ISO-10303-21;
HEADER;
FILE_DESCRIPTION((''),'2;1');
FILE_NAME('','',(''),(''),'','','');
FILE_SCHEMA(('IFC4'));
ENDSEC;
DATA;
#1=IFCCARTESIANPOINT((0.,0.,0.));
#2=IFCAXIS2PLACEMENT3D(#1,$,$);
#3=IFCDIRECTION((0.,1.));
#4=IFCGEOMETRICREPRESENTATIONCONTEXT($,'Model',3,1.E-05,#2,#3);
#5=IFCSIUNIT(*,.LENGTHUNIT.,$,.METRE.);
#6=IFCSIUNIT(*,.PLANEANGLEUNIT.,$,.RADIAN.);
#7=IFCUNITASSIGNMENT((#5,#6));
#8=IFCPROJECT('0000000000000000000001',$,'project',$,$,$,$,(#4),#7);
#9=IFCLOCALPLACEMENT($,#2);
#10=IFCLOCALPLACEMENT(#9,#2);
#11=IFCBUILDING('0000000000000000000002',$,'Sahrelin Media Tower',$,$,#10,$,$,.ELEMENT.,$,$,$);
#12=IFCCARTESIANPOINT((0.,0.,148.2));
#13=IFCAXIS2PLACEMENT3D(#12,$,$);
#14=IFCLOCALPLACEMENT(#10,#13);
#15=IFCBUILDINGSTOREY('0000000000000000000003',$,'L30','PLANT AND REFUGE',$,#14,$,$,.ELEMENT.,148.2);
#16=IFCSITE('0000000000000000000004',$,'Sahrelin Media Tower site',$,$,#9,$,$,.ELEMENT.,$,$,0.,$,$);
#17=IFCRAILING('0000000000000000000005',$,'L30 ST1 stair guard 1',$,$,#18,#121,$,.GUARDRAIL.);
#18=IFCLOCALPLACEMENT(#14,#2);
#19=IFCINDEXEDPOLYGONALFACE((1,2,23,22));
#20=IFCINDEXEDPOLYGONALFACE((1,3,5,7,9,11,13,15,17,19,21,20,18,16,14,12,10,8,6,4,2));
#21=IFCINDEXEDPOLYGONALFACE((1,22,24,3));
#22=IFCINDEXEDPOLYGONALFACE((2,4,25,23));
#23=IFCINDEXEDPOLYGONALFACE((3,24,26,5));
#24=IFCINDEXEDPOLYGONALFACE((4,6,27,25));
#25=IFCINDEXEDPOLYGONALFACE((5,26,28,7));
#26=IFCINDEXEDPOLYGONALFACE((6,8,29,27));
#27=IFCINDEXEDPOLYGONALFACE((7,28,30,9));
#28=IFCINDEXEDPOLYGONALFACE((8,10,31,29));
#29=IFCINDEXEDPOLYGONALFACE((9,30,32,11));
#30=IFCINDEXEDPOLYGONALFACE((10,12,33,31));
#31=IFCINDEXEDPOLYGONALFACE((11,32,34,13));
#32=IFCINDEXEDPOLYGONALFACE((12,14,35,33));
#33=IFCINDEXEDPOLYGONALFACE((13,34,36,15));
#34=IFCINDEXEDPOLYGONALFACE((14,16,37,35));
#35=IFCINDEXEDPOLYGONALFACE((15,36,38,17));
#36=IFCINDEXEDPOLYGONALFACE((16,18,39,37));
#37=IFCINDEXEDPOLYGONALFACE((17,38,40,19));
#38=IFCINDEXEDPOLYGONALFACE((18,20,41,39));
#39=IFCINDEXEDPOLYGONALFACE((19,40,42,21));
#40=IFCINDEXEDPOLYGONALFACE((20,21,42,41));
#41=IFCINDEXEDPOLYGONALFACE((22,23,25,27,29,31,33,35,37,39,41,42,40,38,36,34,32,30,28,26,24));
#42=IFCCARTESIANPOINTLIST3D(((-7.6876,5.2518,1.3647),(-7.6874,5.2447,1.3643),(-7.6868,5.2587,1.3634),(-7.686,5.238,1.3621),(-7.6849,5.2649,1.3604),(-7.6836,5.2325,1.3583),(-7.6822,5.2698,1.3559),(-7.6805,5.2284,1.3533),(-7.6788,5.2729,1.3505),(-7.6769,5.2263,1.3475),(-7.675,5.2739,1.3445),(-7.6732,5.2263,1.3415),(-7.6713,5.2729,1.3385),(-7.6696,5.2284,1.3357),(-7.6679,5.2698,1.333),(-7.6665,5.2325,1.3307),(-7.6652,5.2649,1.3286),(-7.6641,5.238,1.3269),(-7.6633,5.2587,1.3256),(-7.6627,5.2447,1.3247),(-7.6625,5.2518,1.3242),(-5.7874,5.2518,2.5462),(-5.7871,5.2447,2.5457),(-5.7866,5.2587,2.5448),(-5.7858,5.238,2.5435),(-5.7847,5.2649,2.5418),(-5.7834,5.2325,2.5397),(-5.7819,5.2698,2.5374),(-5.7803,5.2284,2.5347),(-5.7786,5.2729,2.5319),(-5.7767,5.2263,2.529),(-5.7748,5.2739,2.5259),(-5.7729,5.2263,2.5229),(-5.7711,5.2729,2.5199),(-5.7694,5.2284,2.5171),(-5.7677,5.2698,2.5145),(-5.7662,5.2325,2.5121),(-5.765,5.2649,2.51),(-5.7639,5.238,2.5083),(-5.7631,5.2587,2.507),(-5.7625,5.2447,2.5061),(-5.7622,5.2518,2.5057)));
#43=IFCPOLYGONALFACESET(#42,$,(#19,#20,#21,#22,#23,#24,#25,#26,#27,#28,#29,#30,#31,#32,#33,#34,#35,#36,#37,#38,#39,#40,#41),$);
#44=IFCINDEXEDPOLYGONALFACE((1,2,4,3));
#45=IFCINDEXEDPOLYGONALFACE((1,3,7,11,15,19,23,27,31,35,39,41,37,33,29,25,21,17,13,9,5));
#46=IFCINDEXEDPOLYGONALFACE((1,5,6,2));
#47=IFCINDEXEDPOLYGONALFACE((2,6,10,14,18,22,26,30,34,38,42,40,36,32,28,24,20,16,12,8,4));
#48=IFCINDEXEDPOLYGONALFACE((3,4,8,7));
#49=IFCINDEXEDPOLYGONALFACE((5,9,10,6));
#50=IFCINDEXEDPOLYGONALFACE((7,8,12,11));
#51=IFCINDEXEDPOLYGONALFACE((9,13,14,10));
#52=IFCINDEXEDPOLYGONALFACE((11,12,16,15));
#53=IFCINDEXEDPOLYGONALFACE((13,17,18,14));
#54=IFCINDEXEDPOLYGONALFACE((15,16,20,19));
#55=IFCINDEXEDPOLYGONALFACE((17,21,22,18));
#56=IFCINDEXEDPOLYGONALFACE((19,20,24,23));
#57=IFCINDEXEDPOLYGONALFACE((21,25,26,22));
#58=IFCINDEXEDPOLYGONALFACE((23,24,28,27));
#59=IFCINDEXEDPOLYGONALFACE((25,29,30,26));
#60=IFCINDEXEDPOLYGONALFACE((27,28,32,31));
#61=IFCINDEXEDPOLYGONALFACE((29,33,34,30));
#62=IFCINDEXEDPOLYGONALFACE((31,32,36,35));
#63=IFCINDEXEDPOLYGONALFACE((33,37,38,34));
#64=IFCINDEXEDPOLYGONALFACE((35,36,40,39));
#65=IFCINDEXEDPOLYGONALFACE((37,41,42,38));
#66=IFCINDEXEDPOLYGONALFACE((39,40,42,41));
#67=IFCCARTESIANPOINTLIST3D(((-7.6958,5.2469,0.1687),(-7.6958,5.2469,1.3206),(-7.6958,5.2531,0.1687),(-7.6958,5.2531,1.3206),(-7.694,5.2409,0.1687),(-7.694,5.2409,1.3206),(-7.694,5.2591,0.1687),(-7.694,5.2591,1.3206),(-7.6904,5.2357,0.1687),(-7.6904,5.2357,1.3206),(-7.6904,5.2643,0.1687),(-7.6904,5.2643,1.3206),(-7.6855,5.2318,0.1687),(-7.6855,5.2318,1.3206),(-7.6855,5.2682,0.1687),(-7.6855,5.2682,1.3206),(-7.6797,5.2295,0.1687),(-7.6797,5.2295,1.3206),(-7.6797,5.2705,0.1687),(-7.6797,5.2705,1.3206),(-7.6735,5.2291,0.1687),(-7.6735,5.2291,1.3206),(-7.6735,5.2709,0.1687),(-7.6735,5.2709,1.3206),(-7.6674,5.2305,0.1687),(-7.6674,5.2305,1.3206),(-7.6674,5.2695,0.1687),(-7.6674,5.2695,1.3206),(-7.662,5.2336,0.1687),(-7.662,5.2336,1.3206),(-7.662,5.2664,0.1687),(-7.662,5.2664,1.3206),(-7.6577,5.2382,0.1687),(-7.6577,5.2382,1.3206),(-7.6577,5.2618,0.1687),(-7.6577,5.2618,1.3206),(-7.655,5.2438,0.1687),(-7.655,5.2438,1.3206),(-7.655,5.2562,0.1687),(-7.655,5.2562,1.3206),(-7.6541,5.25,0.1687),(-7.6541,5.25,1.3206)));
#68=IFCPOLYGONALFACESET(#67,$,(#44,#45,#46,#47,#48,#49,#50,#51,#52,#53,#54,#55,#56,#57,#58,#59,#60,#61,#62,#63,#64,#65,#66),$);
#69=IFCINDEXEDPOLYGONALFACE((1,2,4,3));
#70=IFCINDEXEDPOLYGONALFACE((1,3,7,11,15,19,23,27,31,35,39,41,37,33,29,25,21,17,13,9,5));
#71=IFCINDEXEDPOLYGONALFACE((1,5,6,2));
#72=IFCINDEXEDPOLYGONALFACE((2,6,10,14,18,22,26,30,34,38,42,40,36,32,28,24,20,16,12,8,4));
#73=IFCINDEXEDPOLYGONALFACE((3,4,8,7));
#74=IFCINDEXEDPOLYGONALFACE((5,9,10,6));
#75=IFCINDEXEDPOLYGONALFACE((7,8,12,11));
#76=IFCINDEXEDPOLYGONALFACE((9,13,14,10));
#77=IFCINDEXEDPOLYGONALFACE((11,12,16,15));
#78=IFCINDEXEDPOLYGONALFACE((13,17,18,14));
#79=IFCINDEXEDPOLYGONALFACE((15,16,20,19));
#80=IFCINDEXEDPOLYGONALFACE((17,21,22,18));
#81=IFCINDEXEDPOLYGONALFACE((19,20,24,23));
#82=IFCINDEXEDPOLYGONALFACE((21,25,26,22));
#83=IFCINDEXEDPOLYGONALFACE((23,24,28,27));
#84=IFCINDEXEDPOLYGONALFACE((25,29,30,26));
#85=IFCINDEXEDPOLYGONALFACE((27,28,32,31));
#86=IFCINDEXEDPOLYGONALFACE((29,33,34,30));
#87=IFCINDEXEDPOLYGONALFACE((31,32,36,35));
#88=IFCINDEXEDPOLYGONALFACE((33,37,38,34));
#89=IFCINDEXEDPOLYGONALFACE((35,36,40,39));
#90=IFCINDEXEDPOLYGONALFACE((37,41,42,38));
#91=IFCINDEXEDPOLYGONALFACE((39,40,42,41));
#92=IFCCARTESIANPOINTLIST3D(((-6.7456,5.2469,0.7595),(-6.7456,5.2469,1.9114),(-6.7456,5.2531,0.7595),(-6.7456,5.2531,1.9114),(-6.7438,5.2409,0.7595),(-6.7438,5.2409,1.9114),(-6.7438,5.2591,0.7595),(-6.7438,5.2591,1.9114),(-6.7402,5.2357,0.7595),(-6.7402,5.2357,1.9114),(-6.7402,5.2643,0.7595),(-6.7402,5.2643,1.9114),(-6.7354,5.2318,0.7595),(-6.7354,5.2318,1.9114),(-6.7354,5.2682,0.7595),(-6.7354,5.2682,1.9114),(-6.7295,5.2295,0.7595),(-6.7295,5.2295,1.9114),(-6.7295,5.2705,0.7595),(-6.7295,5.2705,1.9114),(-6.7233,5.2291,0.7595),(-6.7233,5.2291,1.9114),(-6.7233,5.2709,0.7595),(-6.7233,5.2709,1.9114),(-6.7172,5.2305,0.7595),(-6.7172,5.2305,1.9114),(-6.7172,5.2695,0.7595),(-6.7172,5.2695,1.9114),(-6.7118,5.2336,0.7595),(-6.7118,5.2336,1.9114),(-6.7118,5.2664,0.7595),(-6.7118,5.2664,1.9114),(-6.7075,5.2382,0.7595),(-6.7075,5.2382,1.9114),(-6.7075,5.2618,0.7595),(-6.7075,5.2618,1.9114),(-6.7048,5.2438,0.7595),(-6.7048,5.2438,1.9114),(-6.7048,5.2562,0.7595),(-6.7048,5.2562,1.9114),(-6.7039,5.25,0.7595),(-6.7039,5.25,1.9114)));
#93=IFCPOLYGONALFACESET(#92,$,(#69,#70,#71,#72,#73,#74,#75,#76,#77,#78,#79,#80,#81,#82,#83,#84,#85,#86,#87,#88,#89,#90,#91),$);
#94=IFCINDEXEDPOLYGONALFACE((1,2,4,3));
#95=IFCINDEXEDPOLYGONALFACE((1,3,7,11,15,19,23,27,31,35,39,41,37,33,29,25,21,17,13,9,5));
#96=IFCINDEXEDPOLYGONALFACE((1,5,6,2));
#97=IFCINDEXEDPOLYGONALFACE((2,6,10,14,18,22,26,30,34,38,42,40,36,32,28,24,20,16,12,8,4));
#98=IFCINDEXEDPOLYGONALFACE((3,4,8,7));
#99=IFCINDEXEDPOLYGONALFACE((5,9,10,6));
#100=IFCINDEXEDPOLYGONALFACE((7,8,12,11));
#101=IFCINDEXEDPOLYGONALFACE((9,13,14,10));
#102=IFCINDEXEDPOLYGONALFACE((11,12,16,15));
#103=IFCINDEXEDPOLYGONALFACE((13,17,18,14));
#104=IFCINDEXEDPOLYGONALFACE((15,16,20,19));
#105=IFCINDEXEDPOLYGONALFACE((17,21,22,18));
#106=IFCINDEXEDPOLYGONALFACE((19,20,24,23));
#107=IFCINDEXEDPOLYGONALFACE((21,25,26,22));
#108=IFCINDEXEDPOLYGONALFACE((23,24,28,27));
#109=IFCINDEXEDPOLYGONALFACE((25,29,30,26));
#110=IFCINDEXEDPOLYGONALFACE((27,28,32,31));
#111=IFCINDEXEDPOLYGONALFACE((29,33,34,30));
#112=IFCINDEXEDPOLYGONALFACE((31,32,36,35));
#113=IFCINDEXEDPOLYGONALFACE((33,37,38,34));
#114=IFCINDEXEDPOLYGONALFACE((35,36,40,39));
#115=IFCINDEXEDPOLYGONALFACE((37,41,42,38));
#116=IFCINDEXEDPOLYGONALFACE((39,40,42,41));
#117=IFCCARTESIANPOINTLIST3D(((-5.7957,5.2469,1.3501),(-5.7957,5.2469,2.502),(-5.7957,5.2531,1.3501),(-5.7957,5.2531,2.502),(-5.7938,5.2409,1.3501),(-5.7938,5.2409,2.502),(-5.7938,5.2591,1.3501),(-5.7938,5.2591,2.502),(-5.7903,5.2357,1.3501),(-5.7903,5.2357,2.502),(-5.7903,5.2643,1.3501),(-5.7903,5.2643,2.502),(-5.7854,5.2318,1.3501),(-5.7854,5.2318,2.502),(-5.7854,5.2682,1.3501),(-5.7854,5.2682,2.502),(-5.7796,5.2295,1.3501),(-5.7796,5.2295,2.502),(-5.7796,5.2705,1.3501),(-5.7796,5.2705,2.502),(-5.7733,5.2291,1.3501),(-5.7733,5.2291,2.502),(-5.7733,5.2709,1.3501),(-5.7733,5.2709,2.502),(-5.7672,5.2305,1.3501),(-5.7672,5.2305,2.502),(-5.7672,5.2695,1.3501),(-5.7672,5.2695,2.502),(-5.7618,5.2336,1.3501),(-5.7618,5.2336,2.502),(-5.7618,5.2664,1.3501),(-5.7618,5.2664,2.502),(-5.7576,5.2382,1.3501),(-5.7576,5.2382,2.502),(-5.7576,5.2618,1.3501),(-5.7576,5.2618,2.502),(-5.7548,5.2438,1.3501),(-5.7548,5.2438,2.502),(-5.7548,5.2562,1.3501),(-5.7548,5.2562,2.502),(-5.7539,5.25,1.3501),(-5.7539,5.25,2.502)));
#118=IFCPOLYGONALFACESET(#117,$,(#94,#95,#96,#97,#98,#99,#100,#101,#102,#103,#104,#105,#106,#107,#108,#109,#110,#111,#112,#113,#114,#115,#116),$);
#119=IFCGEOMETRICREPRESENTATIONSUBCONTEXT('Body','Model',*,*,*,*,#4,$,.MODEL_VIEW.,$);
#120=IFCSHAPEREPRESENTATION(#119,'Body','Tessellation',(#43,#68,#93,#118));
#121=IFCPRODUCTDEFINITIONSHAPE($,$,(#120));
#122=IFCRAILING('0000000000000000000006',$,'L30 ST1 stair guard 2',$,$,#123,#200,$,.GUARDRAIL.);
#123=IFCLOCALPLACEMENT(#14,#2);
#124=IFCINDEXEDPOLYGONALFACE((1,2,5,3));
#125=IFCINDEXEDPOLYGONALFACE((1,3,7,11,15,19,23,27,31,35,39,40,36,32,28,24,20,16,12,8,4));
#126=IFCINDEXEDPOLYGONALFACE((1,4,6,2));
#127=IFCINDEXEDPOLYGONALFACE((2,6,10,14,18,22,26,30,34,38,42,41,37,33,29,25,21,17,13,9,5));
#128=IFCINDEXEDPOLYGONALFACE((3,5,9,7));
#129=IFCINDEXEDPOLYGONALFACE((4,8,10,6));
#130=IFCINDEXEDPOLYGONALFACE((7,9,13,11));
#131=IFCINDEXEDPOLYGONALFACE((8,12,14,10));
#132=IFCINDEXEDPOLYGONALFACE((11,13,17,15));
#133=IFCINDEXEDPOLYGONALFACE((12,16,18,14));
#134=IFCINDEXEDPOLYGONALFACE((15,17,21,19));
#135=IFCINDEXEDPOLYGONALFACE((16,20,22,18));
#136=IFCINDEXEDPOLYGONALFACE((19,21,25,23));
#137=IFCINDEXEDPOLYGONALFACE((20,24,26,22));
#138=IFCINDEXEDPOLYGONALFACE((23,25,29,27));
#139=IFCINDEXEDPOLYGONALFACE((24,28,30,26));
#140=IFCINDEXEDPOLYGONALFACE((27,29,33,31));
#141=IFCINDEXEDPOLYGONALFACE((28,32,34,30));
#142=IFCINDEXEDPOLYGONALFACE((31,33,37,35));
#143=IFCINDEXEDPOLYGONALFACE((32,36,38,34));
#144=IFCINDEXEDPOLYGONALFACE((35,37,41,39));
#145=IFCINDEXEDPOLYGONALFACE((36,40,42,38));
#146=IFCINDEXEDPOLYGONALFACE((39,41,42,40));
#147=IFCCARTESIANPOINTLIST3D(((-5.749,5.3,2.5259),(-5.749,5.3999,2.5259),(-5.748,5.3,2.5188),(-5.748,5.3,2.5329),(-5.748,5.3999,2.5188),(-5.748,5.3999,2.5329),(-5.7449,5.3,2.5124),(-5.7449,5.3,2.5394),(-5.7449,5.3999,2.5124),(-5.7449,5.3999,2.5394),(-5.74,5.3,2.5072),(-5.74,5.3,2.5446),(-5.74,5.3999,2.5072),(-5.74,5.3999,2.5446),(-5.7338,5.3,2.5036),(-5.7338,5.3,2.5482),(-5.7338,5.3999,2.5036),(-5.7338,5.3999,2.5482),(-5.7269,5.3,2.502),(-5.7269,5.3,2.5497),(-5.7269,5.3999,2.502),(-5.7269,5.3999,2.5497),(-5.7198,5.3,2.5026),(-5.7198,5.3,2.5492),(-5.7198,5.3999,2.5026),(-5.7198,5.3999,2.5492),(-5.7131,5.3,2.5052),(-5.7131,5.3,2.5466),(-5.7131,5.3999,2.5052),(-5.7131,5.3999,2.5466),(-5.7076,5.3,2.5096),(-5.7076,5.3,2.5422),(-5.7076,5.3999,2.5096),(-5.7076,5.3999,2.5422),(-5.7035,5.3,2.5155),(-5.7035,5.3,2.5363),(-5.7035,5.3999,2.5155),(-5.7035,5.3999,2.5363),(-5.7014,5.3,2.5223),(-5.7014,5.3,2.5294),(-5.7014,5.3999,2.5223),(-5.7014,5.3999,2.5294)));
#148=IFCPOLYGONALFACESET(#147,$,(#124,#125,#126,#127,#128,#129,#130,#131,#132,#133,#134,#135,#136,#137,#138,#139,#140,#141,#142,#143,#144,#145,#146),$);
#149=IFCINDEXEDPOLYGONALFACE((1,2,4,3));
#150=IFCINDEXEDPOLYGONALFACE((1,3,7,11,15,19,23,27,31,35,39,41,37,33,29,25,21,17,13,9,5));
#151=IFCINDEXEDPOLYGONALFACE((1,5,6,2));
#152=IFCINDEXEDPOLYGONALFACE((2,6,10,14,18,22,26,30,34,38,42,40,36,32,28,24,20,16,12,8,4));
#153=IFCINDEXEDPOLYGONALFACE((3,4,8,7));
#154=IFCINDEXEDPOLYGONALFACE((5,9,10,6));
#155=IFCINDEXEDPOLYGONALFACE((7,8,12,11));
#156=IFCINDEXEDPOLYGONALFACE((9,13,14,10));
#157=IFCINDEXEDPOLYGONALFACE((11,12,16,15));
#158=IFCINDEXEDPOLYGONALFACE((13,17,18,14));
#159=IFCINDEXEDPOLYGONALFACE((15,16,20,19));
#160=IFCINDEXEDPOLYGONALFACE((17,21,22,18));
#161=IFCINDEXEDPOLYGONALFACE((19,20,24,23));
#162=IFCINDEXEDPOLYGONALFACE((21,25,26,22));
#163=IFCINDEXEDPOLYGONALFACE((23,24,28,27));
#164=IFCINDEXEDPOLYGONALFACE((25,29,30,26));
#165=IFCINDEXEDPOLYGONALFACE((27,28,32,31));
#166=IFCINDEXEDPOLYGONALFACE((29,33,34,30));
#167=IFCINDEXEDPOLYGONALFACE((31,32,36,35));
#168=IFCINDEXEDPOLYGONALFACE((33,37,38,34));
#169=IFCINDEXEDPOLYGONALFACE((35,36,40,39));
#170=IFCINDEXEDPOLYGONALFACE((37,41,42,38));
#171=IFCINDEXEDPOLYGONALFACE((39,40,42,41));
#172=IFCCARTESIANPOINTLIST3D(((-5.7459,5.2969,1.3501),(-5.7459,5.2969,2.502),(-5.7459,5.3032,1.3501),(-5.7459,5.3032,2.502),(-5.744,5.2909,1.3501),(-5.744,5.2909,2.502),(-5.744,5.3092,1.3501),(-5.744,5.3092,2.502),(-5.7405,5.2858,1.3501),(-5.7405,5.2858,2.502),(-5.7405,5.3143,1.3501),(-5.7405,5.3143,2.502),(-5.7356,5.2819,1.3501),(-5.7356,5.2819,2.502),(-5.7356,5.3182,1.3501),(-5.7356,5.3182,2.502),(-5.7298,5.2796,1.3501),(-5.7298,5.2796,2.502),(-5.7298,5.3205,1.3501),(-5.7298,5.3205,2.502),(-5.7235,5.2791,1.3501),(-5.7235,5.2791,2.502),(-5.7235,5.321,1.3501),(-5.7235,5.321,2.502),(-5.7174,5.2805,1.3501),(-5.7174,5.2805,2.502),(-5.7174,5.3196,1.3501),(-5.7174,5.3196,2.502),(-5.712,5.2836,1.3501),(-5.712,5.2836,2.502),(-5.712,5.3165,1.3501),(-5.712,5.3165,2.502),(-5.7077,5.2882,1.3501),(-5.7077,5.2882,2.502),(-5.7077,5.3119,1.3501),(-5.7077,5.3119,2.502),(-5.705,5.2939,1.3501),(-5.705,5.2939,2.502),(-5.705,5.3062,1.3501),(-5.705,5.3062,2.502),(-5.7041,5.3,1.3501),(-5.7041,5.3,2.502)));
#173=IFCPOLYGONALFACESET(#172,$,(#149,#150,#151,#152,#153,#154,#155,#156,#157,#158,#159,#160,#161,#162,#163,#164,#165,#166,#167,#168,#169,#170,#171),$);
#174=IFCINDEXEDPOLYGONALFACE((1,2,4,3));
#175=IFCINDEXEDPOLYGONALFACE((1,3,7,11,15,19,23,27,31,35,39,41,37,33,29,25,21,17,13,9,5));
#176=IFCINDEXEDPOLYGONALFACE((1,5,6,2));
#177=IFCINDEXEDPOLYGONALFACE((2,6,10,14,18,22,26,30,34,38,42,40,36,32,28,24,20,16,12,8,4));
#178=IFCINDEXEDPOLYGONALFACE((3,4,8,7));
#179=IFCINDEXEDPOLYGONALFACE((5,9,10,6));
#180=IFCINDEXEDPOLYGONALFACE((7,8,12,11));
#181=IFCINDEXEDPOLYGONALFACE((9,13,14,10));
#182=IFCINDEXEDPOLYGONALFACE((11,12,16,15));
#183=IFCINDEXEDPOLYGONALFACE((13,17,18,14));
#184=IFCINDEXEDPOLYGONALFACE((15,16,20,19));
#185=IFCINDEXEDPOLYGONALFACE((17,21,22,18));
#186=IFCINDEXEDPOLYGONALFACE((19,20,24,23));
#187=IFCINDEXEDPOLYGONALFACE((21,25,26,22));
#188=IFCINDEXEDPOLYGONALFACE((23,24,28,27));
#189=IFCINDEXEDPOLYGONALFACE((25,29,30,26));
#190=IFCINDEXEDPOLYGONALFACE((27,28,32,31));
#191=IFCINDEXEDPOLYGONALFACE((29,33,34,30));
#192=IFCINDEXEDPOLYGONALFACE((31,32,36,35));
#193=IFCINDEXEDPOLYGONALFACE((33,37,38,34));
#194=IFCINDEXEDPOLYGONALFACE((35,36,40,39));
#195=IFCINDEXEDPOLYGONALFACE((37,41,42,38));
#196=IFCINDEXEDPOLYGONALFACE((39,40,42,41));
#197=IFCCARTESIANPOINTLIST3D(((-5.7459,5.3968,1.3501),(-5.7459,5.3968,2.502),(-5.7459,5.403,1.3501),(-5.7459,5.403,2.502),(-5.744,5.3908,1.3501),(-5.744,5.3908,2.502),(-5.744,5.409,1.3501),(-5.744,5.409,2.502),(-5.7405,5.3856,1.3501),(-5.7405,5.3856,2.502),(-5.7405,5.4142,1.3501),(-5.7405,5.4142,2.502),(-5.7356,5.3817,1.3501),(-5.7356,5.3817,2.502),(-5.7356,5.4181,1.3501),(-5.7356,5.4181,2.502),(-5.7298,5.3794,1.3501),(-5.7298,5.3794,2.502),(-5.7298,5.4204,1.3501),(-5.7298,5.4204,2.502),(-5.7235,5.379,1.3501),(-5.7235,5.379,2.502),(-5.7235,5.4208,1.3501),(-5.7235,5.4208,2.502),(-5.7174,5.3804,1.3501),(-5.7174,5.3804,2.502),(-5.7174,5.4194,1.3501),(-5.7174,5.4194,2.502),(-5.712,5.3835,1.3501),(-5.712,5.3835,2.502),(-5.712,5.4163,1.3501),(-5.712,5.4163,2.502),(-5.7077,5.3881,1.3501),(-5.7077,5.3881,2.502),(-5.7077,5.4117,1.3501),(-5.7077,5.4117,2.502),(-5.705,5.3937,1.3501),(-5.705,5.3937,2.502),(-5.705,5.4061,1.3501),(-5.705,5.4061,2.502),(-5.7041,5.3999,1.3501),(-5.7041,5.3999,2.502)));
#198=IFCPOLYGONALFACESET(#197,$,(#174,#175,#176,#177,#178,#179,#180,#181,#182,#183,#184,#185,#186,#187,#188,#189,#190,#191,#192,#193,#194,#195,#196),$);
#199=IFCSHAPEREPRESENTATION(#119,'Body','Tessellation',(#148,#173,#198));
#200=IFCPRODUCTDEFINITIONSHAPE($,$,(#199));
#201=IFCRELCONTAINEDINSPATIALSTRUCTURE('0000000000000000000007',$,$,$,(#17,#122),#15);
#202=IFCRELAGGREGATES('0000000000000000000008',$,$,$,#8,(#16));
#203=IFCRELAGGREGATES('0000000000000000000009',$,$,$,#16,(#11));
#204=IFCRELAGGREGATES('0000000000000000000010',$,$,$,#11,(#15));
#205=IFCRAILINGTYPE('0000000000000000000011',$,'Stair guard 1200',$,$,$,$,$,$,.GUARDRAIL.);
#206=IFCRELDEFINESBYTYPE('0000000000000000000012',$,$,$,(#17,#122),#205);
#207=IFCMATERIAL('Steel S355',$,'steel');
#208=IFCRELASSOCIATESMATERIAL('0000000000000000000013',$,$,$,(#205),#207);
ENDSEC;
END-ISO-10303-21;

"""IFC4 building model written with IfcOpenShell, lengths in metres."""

from ifc_helpers import new_model, si_unit, direction, frame, origin, origin_2d, place, context, subcontext, project, spatial, circle, extrude, material, type_object, element, save


model = new_model("IFC4")

# Units and contexts
model_context = context("Model", 3, precision=1e-05, world=origin(), true_north=direction((0.0, 1.0)))
body_context = subcontext(model_context, "Body", "Model", "MODEL_VIEW")
ifc_project = project(units=[si_unit("LENGTHUNIT", "METRE"), si_unit("PLANEANGLEUNIT", "RADIAN")], contexts=[model_context])

# Site, building, storey
site_placement = place(None, origin())
site = spatial("IfcSite", under=ifc_project, at=site_placement, Name="Sahrelin Media Tower site", CompositionType="ELEMENT", RefElevation=0.0)
building_placement = place(site_placement, origin())
building = spatial("IfcBuilding", under=site, at=building_placement, Name="Sahrelin Media Tower", CompositionType="ELEMENT")
storey_placement = place(building_placement, frame((0.0, 0.0, 148.2)))
storey = spatial("IfcBuildingStorey", under=building, at=storey_placement, Name="L30", Description="PLANT AND REFUGE", CompositionType="ELEMENT", Elevation=148.2)

# Shared definitions
ifc_material_1 = material(Name="Steel S355", Category="steel")

# Railings
railing_type_1 = type_object("IfcRailingType", Name="Stair guard 1200", PredefinedType="GUARDRAIL", material=ifc_material_1)
railing_1_placement = place(storey_placement, frame((-7.675, 5.25, 0.1687)))
element("IfcRailing", 1, at=railing_1_placement, inside=storey, type_object=railing_type_1, Name="L30 ST1 stair guard 1", PredefinedType="GUARDRAIL", context=body_context, shape_type="SweptSolid", body=[
    extrude(circle(Radius=0.0239, at=origin_2d()), frame((0.0, 0.0, 1.1758), z_axis=(0.84924, 0.0, 0.528006), x_axis=(0.0, 1.0, 0.0)), (0.0, 0.0, 1.0), 2.2375),
    extrude(circle(Radius=0.021, at=origin_2d()), origin(), (0.0, 0.0, 1.0), 1.1519),
    extrude(circle(Radius=0.021, at=origin_2d()), frame((0.9502, 0.0, 0.5908)), (0.0, 0.0, 1.0), 1.1519),
    extrude(circle(Radius=0.021, at=origin_2d()), frame((1.9001, 0.0, 1.1814)), (0.0, 0.0, 1.0), 1.1519),
])
railing_2_placement = place(storey_placement, frame((-5.7251, 5.3, 1.3501)))
element("IfcRailing", 2, at=railing_2_placement, inside=storey, type_object=railing_type_1, Name="L30 ST1 stair guard 2", PredefinedType="GUARDRAIL", context=body_context, shape_type="SweptSolid", body=[
    extrude(circle(Radius=0.0239, at=origin_2d()), frame((0.0, 0.0, 1.1758), z_axis=(0.0, 1.0, 0.0), x_axis=(-1.0, 0.0, 0.0)), (0.0, 0.0, 1.0), 0.0999),
    extrude(circle(Radius=0.021, at=origin_2d()), origin(), (0.0, 0.0, 1.0), 1.1519),
    extrude(circle(Radius=0.021, at=origin_2d()), frame((0.0, 0.0999, 0.0)), (0.0, 0.0, 1.0), 1.1519),
])

save(model, "model.ifc")
